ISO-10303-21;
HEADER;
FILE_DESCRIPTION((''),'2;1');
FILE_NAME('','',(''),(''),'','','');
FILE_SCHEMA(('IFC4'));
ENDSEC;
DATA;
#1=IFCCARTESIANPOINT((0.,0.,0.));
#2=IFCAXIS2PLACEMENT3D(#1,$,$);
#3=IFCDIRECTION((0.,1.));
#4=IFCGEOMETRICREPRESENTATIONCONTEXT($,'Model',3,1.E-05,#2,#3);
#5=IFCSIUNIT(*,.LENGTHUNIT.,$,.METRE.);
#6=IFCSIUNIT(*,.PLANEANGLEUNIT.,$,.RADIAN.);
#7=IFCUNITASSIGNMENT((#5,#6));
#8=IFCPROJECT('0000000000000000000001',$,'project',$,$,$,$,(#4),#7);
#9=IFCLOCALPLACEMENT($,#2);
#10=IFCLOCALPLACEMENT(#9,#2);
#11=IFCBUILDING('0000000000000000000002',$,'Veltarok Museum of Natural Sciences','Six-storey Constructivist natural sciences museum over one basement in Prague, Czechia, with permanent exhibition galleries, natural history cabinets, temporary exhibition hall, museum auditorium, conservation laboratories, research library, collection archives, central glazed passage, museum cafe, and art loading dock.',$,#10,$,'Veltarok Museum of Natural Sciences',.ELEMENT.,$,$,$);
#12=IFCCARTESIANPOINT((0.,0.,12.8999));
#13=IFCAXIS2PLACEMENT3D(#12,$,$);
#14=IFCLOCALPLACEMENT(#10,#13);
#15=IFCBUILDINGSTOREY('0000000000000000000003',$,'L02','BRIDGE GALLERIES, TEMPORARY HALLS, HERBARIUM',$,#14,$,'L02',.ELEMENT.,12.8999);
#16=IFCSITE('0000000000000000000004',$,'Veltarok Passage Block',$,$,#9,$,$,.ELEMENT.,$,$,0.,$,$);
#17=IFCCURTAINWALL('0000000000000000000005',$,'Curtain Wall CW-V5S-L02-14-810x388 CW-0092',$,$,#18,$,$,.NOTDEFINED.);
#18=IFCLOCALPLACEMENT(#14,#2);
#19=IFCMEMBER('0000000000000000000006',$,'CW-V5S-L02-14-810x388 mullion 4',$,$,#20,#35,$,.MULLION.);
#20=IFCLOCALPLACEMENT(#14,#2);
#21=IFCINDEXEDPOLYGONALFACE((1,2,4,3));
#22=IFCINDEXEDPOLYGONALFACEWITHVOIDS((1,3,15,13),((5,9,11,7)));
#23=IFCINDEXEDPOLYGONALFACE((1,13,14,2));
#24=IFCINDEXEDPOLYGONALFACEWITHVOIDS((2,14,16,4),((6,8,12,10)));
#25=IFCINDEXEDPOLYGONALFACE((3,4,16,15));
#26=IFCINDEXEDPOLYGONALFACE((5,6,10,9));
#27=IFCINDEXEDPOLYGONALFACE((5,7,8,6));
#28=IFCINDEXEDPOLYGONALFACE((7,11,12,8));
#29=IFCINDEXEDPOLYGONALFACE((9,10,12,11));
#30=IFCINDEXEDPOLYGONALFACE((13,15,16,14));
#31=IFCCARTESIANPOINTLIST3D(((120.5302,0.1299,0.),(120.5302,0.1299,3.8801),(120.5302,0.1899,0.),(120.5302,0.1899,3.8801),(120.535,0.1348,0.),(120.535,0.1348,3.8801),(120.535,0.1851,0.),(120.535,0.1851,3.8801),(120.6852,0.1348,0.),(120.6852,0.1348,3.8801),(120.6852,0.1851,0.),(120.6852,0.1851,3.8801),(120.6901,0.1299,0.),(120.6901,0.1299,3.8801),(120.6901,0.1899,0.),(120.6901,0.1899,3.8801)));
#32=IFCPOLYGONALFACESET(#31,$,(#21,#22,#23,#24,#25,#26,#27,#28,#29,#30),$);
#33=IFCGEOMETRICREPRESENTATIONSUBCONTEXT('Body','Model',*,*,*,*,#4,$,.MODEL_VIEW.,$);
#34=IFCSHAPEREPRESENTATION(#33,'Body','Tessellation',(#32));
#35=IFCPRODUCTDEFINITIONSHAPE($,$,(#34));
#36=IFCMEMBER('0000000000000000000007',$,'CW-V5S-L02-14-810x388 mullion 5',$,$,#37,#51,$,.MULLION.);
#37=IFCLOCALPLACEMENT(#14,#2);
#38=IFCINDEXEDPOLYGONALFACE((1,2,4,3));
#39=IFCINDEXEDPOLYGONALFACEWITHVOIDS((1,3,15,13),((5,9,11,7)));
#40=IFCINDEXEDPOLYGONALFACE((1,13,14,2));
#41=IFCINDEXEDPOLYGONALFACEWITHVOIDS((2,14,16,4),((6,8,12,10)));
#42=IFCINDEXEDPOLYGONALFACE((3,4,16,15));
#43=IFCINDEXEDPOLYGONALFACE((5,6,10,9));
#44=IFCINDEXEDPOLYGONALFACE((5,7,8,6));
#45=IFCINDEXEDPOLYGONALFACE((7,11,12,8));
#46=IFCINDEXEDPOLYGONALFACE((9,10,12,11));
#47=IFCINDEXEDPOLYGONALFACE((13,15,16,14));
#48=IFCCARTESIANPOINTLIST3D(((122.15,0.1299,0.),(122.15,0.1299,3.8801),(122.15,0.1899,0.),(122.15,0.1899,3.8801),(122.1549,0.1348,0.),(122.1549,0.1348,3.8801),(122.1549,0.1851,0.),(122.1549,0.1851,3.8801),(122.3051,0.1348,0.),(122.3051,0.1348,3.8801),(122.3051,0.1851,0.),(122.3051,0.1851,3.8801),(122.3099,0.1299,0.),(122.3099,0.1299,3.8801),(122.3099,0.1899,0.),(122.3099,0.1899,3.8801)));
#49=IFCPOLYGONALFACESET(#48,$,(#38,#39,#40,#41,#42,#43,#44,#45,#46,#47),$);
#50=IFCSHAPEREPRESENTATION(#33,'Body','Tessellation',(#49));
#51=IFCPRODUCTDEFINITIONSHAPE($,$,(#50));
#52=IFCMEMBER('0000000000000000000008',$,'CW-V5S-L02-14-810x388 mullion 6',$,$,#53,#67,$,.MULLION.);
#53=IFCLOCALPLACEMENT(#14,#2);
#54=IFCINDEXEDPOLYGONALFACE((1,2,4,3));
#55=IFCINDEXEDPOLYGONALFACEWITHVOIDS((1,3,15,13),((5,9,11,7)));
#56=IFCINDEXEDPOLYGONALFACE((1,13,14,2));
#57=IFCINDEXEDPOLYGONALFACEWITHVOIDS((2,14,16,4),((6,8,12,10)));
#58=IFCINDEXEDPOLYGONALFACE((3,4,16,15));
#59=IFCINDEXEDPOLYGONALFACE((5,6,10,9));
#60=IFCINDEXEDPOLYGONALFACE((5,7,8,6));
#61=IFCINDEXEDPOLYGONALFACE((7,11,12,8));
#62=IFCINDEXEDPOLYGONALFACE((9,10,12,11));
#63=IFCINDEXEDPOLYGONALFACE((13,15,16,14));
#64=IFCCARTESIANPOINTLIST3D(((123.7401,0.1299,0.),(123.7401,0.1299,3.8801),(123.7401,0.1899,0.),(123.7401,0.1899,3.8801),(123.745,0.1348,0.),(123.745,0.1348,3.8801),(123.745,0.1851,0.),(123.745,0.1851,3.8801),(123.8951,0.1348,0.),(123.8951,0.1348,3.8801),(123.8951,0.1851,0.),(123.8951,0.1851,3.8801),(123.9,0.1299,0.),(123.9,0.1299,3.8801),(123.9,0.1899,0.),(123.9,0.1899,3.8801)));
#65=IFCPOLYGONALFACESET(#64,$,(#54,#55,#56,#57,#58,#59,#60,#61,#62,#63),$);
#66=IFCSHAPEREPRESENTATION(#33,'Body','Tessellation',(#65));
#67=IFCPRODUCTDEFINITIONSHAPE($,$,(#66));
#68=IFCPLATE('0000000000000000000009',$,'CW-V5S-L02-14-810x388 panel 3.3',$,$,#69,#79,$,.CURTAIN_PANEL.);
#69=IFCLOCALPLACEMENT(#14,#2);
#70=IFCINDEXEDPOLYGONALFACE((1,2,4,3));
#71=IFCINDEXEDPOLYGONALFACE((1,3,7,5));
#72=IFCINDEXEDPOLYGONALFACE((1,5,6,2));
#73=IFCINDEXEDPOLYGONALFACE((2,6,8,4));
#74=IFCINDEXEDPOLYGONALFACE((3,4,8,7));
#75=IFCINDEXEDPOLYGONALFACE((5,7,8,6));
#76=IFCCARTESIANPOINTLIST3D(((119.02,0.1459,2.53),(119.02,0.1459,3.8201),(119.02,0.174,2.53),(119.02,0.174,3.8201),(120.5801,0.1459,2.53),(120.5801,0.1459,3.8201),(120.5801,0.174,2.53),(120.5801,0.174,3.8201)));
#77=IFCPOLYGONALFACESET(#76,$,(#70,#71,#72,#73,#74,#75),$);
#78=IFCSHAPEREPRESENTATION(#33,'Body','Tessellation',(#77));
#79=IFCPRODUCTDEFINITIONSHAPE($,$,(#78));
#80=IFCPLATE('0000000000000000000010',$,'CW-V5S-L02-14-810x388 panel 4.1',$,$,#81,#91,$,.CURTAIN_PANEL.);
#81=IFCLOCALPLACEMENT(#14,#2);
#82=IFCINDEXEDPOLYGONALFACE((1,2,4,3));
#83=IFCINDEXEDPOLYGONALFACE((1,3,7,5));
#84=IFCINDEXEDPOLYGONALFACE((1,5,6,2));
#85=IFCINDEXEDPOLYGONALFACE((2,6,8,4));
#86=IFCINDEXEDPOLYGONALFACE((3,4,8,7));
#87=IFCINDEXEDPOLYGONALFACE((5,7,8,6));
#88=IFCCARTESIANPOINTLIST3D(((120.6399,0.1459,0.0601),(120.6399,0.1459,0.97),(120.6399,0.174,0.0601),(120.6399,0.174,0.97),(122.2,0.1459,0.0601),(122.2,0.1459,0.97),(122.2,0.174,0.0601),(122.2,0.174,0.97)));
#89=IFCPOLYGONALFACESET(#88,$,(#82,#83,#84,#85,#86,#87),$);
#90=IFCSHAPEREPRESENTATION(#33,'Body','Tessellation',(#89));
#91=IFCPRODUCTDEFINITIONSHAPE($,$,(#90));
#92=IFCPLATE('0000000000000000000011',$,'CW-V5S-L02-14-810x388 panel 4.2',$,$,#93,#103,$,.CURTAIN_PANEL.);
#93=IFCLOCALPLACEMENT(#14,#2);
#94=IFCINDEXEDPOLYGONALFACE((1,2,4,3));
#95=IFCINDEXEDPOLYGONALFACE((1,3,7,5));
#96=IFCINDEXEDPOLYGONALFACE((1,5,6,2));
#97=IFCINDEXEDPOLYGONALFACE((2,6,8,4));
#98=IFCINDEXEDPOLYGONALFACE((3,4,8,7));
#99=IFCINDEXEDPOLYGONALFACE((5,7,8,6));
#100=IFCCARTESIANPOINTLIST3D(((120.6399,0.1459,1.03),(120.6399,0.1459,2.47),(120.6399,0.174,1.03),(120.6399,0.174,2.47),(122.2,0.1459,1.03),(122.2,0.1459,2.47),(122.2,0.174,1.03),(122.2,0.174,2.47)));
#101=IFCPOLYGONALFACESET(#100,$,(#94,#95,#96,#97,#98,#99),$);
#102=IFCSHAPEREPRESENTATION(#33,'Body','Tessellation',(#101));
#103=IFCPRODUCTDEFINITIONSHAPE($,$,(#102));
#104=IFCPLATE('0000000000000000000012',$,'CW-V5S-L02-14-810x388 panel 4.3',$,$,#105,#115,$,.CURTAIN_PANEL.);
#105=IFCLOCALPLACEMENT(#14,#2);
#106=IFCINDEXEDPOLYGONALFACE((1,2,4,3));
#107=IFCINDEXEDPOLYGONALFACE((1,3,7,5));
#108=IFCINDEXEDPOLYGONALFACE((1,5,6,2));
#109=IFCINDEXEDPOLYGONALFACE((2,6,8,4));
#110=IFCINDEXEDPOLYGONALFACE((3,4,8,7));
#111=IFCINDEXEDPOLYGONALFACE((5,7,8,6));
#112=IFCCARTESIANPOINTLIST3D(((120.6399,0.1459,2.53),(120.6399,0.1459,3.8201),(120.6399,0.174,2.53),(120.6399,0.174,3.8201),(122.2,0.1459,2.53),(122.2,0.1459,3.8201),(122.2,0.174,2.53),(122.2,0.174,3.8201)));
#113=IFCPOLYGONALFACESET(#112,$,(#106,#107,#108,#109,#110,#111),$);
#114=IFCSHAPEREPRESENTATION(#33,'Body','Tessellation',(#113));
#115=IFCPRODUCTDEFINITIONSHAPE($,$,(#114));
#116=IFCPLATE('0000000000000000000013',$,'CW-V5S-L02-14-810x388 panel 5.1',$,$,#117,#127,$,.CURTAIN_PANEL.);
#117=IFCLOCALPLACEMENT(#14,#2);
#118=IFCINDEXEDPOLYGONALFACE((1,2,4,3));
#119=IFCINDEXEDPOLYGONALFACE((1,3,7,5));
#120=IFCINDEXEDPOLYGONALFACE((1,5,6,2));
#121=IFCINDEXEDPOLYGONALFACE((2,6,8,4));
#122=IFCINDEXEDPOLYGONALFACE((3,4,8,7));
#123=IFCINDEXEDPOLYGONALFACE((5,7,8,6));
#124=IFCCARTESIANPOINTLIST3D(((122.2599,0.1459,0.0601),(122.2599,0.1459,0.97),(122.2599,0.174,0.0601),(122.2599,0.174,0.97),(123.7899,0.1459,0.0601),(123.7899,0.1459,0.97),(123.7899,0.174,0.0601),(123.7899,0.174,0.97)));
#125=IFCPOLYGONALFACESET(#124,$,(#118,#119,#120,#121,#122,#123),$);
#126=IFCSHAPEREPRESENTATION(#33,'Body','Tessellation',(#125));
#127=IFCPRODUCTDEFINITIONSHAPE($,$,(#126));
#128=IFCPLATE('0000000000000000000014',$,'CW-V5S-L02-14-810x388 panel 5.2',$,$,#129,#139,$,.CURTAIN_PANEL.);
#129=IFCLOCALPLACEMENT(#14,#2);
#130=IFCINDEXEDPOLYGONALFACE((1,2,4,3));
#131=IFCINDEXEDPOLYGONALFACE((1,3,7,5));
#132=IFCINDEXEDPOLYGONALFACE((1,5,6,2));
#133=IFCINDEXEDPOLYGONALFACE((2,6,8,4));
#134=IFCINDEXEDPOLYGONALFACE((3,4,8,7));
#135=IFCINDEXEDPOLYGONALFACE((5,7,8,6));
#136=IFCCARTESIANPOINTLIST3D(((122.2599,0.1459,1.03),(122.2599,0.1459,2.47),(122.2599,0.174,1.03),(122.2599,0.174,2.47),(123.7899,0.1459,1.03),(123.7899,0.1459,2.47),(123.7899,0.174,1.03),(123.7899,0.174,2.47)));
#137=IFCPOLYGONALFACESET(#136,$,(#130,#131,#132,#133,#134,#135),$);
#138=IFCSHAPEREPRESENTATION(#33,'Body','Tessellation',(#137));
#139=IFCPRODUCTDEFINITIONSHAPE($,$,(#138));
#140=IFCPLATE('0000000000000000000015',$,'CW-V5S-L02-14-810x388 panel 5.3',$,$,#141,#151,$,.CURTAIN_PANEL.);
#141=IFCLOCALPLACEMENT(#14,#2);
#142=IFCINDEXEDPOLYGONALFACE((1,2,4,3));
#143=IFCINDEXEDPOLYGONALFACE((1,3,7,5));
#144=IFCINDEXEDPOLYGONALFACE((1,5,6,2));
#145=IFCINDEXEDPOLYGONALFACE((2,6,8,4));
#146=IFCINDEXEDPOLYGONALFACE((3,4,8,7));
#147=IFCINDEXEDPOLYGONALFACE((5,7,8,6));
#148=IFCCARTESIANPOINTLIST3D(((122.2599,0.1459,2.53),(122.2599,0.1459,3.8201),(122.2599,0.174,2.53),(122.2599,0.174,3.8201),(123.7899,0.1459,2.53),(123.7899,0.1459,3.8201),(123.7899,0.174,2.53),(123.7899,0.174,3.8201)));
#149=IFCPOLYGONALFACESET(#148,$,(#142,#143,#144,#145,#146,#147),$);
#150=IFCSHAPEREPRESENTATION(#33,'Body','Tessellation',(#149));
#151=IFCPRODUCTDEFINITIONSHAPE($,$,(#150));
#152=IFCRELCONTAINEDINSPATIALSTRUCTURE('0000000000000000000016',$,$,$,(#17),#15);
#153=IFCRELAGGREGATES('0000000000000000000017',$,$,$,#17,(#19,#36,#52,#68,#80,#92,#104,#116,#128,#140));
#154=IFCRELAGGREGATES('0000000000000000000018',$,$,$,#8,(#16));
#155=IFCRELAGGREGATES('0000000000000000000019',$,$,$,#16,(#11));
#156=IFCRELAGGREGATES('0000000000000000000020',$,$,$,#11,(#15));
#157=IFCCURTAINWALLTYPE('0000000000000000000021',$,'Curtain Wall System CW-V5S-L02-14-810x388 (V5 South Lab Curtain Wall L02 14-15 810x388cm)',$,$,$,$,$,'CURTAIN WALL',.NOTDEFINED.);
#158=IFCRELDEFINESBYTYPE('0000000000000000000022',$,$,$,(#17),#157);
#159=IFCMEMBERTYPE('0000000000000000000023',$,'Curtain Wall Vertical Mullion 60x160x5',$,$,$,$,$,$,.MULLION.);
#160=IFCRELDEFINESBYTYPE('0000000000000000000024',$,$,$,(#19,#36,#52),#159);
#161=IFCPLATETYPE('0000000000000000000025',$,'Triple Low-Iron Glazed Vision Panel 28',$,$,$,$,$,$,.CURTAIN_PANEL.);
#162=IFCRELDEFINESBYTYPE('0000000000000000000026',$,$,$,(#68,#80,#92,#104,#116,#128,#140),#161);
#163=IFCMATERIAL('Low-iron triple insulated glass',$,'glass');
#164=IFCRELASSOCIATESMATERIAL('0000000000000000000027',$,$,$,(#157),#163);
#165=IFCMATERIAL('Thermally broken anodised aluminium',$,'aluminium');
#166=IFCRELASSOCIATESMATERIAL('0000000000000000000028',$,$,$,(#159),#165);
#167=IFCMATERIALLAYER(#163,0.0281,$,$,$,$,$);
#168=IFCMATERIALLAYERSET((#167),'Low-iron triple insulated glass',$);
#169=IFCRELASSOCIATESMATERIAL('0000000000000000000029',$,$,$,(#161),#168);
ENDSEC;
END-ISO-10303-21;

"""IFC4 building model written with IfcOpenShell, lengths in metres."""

from ifc_helpers import new_model, si_unit, direction, frame, origin, origin_2d, place, context, subcontext, project, spatial, rectangle, hollow_rectangle, extrude, material, layer, layer_set, material_profile, profile_set, type_object, element, aggregate, save


model = new_model("IFC4")

# Units and contexts
model_context = context("Model", 3, precision=1e-05, world=origin(), true_north=direction((0.0, 1.0)))
body_context = subcontext(model_context, "Body", "Model", "MODEL_VIEW")
ifc_project = project(units=[si_unit("LENGTHUNIT", "METRE"), si_unit("PLANEANGLEUNIT", "RADIAN")], contexts=[model_context])

# Site, building, storey
site_placement = place(None, origin())
site = spatial("IfcSite", under=ifc_project, at=site_placement, Name="Veltarok Passage Block", CompositionType="ELEMENT", RefElevation=0.0)
building_placement = place(site_placement, origin())
building = spatial("IfcBuilding", under=site, at=building_placement, Name="Veltarok Museum of Natural Sciences", Description="Six-storey Constructivist natural sciences museum over one basement in Prague, Czechia, with permanent exhibition galleries, natural history cabinets, temporary exhibition hall, museum auditorium, conservation laboratories, research library, collection archives, central glazed passage, museum cafe, and art loading dock.", LongName="Veltarok Museum of Natural Sciences", CompositionType="ELEMENT")
storey_placement = place(building_placement, frame((0.0, 0.0, 12.8999)))
storey = spatial("IfcBuildingStorey", under=building, at=storey_placement, Name="L02", Description="BRIDGE GALLERIES, TEMPORARY HALLS, HERBARIUM", LongName="L02", CompositionType="ELEMENT", Elevation=12.8999)

# Curtain wall, members, plates
ifc_material_1 = material(Name="Low-iron triple insulated glass", Category="glass")
curtain_wall_type = type_object("IfcCurtainWallType", Name="Curtain Wall System CW-V5S-L02-14-810x388 (V5 South Lab Curtain Wall L02 14-15 810x388cm)", ElementType="CURTAIN WALL", PredefinedType="NOTDEFINED", material=ifc_material_1)
curtain_wall_placement = place(storey_placement, origin())
curtain_wall = element("IfcCurtainWall", 1, at=curtain_wall_placement, inside=storey, type_object=curtain_wall_type, Name="Curtain Wall CW-V5S-L02-14-810x388 CW-0092", PredefinedType="NOTDEFINED")
ifc_material_2 = material(Name="Thermally broken anodised aluminium", Category="aluminium")
ifc_material_profile_1 = material_profile(ifc_material_2, hollow_rectangle(XDim=0.0601, YDim=0.1599, WallThickness=0.0049, at=origin_2d()), Name="CW MULLION 60x160x5")
ifc_profile_set_1 = profile_set([ifc_material_profile_1], Name="Thermally broken anodised aluminium")
member_type_1 = type_object("IfcMemberType", Name="Curtain Wall Vertical Mullion 60x160x5", PredefinedType="MULLION", material=ifc_profile_set_1)
member_1_placement = place(storey_placement, frame((120.6101, 0.1599, 0.0), z_axis=(0.0, 0.0, 1.0), x_axis=(0.0, 1.0, 0.0)))
member_1 = element("IfcMember", 2, at=member_1_placement, type_object=member_type_1, Name="CW-V5S-L02-14-810x388 mullion 4", PredefinedType="MULLION", context=body_context, shape_type="SweptSolid", body=[
    extrude(hollow_rectangle(XDim=0.0601, YDim=0.1599, WallThickness=0.0049, at=origin_2d()), origin(), (0.0, 0.0, 1.0), 3.8801),
])
member_2_placement = place(storey_placement, frame((122.23, 0.1599, 0.0), z_axis=(0.0, 0.0, 1.0), x_axis=(0.0, 1.0, 0.0)))
member_2 = element("IfcMember", 3, at=member_2_placement, type_object=member_type_1, Name="CW-V5S-L02-14-810x388 mullion 5", PredefinedType="MULLION", context=body_context, shape_type="SweptSolid", body=[
    extrude(hollow_rectangle(XDim=0.0601, YDim=0.1599, WallThickness=0.0049, at=origin_2d()), origin(), (0.0, 0.0, 1.0), 3.8801),
])
member_3_placement = place(storey_placement, frame((123.8201, 0.1599, 0.0), z_axis=(0.0, 0.0, 1.0), x_axis=(0.0, 1.0, 0.0)))
member_3 = element("IfcMember", 4, at=member_3_placement, type_object=member_type_1, Name="CW-V5S-L02-14-810x388 mullion 6", PredefinedType="MULLION", context=body_context, shape_type="SweptSolid", body=[
    extrude(hollow_rectangle(XDim=0.0601, YDim=0.1599, WallThickness=0.0049, at=origin_2d()), origin(), (0.0, 0.0, 1.0), 3.8801),
])
ifc_layer = layer(ifc_material_1, 0.0281)
ifc_layer_set = layer_set([ifc_layer], Name="Low-iron triple insulated glass")
plate_type = type_object("IfcPlateType", Name="Triple Low-Iron Glazed Vision Panel 28", PredefinedType="CURTAIN_PANEL", material=ifc_layer_set)
plate_1_placement = place(storey_placement, frame((119.8, 0.1599, 2.53), z_axis=(0.0, 0.0, 1.0), x_axis=(1.0, 0.0, 0.0)))
plate_1 = element("IfcPlate", 5, at=plate_1_placement, type_object=plate_type, Name="CW-V5S-L02-14-810x388 panel 3.3", PredefinedType="CURTAIN_PANEL", context=body_context, shape_type="SweptSolid", body=[
    extrude(rectangle(XDim=1.5601, YDim=0.0281, at=origin_2d()), origin(), (0.0, 0.0, 1.0), 1.29),
])
plate_2_placement = place(storey_placement, frame((121.4199, 0.1599, 0.0601), z_axis=(0.0, 0.0, 1.0), x_axis=(1.0, 0.0, 0.0)))
plate_2 = element("IfcPlate", 6, at=plate_2_placement, type_object=plate_type, Name="CW-V5S-L02-14-810x388 panel 4.1", PredefinedType="CURTAIN_PANEL", context=body_context, shape_type="SweptSolid", body=[
    extrude(rectangle(XDim=1.5601, YDim=0.0281, at=origin_2d()), origin(), (0.0, 0.0, 1.0), 0.9099),
])
plate_3_placement = place(storey_placement, frame((121.4199, 0.1599, 1.03), z_axis=(0.0, 0.0, 1.0), x_axis=(1.0, 0.0, 0.0)))
plate_3 = element("IfcPlate", 7, at=plate_3_placement, type_object=plate_type, Name="CW-V5S-L02-14-810x388 panel 4.2", PredefinedType="CURTAIN_PANEL", context=body_context, shape_type="SweptSolid", body=[
    extrude(rectangle(XDim=1.5601, YDim=0.0281, at=origin_2d()), origin(), (0.0, 0.0, 1.0), 1.4399),
])
plate_4_placement = place(storey_placement, frame((121.4199, 0.1599, 2.53), z_axis=(0.0, 0.0, 1.0), x_axis=(1.0, 0.0, 0.0)))
plate_4 = element("IfcPlate", 8, at=plate_4_placement, type_object=plate_type, Name="CW-V5S-L02-14-810x388 panel 4.3", PredefinedType="CURTAIN_PANEL", context=body_context, shape_type="SweptSolid", body=[
    extrude(rectangle(XDim=1.5601, YDim=0.0281, at=origin_2d()), origin(), (0.0, 0.0, 1.0), 1.29),
])
plate_5_placement = place(storey_placement, frame((123.0249, 0.1599, 0.0601), z_axis=(0.0, 0.0, 1.0), x_axis=(1.0, 0.0, 0.0)))
plate_5 = element("IfcPlate", 9, at=plate_5_placement, type_object=plate_type, Name="CW-V5S-L02-14-810x388 panel 5.1", PredefinedType="CURTAIN_PANEL", context=body_context, shape_type="SweptSolid", body=[
    extrude(rectangle(XDim=1.53, YDim=0.0281, at=origin_2d()), origin(), (0.0, 0.0, 1.0), 0.9099),
])
plate_6_placement = place(storey_placement, frame((123.0249, 0.1599, 1.03), z_axis=(0.0, 0.0, 1.0), x_axis=(1.0, 0.0, 0.0)))
plate_6 = element("IfcPlate", 10, at=plate_6_placement, type_object=plate_type, Name="CW-V5S-L02-14-810x388 panel 5.2", PredefinedType="CURTAIN_PANEL", context=body_context, shape_type="SweptSolid", body=[
    extrude(rectangle(XDim=1.53, YDim=0.0281, at=origin_2d()), origin(), (0.0, 0.0, 1.0), 1.4399),
])
plate_7_placement = place(storey_placement, frame((123.0249, 0.1599, 2.53), z_axis=(0.0, 0.0, 1.0), x_axis=(1.0, 0.0, 0.0)))
plate_7 = element("IfcPlate", 11, at=plate_7_placement, type_object=plate_type, Name="CW-V5S-L02-14-810x388 panel 5.3", PredefinedType="CURTAIN_PANEL", context=body_context, shape_type="SweptSolid", body=[
    extrude(rectangle(XDim=1.53, YDim=0.0281, at=origin_2d()), origin(), (0.0, 0.0, 1.0), 1.29),
])
aggregate(curtain_wall, [member_1, member_2, member_3, plate_1, plate_2, plate_3, plate_4, plate_5, plate_6, plate_7])

save(model, "model.ifc")
